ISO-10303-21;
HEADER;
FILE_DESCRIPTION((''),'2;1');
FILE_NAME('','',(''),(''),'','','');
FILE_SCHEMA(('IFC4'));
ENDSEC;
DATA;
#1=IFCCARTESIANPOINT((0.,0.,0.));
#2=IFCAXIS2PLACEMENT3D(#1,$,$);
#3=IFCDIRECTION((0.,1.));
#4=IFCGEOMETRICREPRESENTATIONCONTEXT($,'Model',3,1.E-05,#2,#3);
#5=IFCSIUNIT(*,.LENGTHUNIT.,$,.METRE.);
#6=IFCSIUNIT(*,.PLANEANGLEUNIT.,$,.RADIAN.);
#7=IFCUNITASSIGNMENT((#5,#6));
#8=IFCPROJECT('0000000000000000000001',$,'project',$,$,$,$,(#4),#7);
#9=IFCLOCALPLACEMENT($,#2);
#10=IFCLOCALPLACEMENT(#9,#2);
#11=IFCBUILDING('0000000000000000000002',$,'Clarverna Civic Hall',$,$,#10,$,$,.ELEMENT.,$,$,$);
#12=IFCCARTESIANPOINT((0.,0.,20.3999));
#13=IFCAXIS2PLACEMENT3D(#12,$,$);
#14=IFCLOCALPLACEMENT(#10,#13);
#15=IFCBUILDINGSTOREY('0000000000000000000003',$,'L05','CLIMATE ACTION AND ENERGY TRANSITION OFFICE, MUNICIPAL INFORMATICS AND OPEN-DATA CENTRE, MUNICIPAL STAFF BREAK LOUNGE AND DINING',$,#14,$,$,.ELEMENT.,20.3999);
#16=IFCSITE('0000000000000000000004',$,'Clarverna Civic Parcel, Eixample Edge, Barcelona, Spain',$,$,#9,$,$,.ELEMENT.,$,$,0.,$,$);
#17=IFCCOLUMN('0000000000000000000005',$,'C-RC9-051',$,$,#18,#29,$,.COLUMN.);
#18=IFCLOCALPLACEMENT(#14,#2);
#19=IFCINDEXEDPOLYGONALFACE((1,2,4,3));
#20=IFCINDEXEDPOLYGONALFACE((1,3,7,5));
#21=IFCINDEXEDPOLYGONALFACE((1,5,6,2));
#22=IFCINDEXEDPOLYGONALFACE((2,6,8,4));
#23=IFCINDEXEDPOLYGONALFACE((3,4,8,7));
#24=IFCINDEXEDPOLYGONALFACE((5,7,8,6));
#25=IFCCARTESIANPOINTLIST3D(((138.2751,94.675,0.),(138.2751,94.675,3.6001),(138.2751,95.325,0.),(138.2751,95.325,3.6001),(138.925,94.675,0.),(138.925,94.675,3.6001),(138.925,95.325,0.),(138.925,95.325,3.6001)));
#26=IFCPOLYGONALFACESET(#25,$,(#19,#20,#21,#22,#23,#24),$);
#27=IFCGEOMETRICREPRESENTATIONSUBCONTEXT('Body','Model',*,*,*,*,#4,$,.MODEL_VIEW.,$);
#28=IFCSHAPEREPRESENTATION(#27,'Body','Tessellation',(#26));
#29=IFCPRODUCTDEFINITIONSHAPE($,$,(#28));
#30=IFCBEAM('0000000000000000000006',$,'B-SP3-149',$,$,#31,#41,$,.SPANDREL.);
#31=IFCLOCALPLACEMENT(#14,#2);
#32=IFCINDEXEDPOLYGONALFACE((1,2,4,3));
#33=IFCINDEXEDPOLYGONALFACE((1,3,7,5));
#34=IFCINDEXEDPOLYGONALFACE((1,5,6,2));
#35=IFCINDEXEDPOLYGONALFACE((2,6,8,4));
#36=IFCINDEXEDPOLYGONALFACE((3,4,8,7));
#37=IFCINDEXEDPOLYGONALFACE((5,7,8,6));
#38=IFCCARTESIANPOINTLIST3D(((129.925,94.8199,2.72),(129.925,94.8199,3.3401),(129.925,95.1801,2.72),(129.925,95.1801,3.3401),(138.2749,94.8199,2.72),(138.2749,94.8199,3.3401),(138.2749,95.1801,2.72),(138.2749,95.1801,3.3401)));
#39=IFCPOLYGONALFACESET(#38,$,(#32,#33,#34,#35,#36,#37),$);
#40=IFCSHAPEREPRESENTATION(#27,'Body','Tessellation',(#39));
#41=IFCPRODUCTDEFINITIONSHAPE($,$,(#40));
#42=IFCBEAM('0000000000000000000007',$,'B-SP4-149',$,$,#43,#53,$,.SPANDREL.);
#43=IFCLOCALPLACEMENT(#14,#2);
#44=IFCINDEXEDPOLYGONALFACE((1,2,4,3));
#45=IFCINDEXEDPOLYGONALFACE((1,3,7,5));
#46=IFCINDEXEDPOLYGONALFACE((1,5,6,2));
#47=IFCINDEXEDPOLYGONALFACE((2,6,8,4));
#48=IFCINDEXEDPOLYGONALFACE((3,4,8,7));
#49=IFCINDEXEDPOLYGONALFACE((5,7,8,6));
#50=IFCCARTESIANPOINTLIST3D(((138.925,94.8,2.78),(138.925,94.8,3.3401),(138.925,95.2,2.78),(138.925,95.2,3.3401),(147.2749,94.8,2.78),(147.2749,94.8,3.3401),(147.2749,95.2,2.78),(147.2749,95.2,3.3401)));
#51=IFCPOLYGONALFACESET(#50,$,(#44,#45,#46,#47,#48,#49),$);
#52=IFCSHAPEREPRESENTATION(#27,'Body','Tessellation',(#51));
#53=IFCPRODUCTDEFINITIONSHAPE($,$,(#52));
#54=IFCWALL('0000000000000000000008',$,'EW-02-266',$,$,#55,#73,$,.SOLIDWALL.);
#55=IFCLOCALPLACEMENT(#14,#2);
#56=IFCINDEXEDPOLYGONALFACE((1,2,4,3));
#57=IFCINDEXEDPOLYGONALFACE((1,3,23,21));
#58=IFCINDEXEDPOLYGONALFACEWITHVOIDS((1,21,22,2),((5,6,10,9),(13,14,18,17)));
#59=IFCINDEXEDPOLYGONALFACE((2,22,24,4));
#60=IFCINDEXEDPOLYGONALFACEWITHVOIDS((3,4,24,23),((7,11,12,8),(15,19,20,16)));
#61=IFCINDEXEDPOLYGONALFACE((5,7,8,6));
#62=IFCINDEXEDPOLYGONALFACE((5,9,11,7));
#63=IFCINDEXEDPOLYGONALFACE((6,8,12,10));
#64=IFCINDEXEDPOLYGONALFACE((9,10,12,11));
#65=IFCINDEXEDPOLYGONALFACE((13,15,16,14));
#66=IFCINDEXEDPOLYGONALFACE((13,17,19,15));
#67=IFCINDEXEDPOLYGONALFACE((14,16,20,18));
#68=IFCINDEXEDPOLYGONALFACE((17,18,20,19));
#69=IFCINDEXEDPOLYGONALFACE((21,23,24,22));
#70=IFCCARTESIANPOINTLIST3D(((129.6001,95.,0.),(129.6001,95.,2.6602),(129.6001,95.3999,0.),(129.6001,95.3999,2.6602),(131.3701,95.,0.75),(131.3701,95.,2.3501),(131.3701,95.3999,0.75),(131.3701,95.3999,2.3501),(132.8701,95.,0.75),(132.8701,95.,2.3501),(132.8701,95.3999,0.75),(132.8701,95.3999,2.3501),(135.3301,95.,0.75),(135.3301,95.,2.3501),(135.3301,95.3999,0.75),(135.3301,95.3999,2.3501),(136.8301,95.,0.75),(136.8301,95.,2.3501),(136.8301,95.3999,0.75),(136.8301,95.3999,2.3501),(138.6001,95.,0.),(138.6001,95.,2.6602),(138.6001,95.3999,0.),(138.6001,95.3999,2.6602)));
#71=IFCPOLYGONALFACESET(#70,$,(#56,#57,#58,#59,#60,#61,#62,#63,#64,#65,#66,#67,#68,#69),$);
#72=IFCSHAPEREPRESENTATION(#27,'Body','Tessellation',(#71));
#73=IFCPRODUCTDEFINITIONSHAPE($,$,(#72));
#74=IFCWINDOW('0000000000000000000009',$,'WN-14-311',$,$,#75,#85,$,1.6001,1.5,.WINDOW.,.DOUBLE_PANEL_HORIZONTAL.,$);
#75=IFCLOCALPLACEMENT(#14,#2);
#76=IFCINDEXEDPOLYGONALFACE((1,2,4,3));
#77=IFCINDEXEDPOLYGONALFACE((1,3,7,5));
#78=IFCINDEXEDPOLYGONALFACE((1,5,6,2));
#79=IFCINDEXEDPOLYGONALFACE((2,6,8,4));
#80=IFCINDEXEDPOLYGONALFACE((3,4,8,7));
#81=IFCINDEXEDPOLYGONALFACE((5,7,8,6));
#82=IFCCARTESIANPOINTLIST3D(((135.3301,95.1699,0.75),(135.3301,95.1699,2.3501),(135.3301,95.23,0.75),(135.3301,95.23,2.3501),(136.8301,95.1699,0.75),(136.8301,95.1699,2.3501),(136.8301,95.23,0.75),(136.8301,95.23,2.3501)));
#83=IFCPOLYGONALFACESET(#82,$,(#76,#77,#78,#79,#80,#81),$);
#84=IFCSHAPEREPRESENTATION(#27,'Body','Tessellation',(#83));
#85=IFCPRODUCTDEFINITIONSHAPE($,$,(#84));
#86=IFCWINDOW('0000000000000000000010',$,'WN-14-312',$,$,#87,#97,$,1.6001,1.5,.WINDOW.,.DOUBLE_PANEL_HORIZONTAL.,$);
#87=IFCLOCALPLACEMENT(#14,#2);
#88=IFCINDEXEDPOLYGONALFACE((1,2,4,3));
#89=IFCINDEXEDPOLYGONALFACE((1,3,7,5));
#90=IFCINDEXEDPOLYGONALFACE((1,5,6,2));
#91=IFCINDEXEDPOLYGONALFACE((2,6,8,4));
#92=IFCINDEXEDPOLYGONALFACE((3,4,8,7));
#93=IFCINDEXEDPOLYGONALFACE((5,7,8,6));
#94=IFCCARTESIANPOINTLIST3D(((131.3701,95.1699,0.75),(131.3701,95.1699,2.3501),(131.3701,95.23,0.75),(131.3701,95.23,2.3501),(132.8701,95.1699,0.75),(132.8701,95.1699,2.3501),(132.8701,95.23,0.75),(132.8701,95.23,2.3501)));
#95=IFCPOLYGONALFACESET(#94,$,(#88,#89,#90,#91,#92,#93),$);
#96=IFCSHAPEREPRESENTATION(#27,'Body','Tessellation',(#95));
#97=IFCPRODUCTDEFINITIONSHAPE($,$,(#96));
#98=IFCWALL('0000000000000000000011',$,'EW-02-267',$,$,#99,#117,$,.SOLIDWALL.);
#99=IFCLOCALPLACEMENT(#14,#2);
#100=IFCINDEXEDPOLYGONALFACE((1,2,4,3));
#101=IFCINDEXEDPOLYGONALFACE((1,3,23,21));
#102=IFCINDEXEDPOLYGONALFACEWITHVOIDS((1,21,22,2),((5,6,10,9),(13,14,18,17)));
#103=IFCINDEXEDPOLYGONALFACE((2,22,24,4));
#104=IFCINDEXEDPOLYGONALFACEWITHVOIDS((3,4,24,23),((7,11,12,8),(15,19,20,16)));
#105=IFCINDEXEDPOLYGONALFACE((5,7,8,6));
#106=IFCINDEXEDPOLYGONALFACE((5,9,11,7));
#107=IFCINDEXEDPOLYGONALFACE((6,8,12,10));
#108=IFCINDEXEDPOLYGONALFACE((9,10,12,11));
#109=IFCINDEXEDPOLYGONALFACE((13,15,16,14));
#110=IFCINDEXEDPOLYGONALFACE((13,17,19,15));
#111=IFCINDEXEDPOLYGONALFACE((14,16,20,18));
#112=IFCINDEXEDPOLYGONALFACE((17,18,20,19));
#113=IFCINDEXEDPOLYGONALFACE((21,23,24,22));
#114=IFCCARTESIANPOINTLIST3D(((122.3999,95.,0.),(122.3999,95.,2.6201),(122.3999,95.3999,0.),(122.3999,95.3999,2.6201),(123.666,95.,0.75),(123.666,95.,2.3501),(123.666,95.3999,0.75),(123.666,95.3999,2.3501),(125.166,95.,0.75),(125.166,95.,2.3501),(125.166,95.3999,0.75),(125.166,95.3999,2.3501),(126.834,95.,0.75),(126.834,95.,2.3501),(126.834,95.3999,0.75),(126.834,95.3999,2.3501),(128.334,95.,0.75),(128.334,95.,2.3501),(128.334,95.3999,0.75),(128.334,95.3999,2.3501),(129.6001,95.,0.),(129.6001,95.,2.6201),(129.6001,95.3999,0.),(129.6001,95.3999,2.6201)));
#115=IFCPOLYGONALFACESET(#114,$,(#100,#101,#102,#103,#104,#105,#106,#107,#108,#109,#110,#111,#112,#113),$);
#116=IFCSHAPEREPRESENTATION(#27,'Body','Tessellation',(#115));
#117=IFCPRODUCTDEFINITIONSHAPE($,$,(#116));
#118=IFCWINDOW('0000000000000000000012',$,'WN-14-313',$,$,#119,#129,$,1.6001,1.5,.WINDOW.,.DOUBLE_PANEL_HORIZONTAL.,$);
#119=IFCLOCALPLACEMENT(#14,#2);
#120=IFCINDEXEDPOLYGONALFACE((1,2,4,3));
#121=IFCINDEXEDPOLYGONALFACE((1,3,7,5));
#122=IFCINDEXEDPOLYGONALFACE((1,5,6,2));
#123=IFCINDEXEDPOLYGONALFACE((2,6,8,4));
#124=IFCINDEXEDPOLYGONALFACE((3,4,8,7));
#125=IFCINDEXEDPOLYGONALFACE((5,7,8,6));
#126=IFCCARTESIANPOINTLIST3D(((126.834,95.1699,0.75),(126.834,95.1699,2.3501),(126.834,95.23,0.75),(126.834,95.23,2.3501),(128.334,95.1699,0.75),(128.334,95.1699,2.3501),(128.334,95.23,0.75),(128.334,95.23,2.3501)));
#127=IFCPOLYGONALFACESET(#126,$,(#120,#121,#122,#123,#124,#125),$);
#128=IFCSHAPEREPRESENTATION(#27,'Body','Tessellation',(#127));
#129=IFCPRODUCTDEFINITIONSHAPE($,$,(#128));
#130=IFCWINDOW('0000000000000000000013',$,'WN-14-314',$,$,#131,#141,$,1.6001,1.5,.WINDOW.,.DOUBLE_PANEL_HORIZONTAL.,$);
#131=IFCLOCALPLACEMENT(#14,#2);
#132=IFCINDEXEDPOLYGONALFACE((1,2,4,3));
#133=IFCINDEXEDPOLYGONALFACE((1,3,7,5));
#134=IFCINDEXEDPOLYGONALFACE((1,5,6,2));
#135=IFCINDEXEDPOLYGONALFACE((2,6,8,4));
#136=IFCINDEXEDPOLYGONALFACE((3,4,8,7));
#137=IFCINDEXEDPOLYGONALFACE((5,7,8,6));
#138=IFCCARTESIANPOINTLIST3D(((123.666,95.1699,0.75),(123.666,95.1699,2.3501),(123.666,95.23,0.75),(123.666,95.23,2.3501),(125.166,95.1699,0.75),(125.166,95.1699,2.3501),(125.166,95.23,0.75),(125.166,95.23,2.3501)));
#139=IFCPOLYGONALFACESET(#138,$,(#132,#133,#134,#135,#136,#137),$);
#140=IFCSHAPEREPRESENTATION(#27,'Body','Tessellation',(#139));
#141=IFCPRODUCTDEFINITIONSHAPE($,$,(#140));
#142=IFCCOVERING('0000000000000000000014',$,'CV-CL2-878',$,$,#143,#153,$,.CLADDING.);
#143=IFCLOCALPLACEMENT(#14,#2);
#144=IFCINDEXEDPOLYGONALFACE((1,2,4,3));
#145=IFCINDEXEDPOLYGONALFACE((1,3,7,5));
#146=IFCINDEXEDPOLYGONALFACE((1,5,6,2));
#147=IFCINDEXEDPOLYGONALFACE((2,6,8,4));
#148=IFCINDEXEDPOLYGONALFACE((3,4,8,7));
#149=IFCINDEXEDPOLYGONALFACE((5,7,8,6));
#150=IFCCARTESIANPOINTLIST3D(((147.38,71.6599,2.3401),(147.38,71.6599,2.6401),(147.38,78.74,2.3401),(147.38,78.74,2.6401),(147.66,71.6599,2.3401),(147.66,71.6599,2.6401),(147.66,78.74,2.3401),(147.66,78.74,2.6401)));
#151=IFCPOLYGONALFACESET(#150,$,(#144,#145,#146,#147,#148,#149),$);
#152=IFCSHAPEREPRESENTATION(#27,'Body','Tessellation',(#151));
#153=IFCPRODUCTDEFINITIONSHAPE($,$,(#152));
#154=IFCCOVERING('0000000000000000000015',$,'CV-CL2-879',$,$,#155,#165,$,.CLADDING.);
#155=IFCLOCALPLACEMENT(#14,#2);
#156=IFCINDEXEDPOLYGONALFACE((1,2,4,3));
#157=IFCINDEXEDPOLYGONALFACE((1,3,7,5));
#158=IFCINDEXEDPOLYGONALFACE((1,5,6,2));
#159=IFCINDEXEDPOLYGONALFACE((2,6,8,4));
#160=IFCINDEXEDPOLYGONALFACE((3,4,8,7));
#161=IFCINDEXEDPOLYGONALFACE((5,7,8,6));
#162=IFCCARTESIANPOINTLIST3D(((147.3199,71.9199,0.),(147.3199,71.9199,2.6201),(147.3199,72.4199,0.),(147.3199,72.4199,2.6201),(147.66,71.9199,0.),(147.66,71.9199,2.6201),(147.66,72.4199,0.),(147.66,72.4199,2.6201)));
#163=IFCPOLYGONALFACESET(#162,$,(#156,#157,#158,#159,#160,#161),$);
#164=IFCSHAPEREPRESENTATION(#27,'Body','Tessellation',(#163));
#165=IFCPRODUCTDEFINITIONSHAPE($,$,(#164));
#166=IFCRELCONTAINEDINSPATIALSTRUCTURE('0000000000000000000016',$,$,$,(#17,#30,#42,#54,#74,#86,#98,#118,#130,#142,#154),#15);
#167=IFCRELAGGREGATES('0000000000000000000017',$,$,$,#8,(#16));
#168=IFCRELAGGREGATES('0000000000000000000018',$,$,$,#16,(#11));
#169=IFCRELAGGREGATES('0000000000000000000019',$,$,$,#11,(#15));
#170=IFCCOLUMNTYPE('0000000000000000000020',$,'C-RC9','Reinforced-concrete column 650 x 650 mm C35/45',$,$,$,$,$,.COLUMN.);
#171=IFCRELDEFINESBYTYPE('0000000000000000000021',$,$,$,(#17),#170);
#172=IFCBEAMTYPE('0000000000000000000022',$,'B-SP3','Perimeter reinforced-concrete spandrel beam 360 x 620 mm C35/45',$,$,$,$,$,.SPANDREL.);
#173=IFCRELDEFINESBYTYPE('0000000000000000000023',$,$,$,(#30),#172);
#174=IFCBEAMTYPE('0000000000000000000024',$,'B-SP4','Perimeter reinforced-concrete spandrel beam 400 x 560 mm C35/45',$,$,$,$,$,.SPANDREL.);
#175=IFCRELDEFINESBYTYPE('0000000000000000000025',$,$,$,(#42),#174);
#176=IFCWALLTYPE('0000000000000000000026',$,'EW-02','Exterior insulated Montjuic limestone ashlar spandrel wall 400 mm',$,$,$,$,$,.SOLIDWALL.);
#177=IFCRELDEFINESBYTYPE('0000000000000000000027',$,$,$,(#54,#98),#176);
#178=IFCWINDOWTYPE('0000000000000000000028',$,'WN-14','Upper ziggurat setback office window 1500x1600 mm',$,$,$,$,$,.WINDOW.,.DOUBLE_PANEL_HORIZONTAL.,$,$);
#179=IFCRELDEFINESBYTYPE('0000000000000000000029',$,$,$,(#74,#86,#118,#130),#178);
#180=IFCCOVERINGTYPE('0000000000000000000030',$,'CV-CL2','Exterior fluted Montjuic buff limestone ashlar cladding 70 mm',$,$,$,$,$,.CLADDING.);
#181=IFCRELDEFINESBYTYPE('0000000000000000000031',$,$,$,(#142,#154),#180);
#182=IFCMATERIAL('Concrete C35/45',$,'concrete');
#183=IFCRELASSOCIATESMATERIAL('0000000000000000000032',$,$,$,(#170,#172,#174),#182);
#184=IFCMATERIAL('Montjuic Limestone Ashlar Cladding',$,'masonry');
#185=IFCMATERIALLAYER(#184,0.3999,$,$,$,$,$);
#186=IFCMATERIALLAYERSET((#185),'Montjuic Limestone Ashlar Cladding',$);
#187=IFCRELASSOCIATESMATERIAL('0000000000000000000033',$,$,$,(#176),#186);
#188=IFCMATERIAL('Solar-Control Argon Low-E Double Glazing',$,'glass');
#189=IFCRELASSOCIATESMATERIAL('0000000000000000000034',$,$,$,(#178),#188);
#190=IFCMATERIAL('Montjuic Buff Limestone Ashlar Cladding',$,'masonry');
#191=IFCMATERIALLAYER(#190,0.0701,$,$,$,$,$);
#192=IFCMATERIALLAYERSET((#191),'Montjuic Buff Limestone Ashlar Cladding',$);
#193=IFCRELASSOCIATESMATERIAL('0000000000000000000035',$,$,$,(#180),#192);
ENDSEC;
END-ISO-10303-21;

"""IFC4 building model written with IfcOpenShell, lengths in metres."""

from ifc_helpers import new_model, si_unit, direction, frame, frame_2d, origin, origin_2d, place, context, subcontext, project, spatial, rectangle, extrude, material, layer, layer_set, material_profile, profile_set, type_object, element, fill, save


model = new_model("IFC4")

# Units and contexts
model_context = context("Model", 3, precision=1e-05, world=origin(), true_north=direction((0.0, 1.0)))
body_context = subcontext(model_context, "Body", "Model", "MODEL_VIEW")
ifc_project = project(units=[si_unit("LENGTHUNIT", "METRE"), si_unit("PLANEANGLEUNIT", "RADIAN")], contexts=[model_context])

# Site, building, storey
site_placement = place(None, origin())
site = spatial("IfcSite", under=ifc_project, at=site_placement, Name="Clarverna Civic Parcel, Eixample Edge, Barcelona, Spain", CompositionType="ELEMENT", RefElevation=0.0)
building_placement = place(site_placement, origin())
building = spatial("IfcBuilding", under=site, at=building_placement, Name="Clarverna Civic Hall", CompositionType="ELEMENT")
storey_placement = place(building_placement, frame((0.0, 0.0, 20.3999)))
storey = spatial("IfcBuildingStorey", under=building, at=storey_placement, Name="L05", Description="CLIMATE ACTION AND ENERGY TRANSITION OFFICE, MUNICIPAL INFORMATICS AND OPEN-DATA CENTRE, MUNICIPAL STAFF BREAK LOUNGE AND DINING", CompositionType="ELEMENT", Elevation=20.3999)

# Column
ifc_material_1 = material(Name="Concrete C35/45", Category="concrete")
ifc_material_profile_1 = material_profile(ifc_material_1, rectangle(XDim=0.6499, YDim=0.6499, at=origin_2d()), Name="RC 650x650")
ifc_profile_set_1 = profile_set([ifc_material_profile_1], Name="Concrete C35/45")
column_type = type_object("IfcColumnType", Name="C-RC9", Description="Reinforced-concrete column 650 x 650 mm C35/45", PredefinedType="COLUMN", material=ifc_profile_set_1)
column_placement = place(storey_placement, frame((138.6001, 95.0, 0.0), z_axis=(0.0, 0.0, 1.0), x_axis=(1.0, 0.0, 0.0)))
element("IfcColumn", 1, at=column_placement, inside=storey, type_object=column_type, Name="C-RC9-051", PredefinedType="COLUMN", context=body_context, shape_type="SweptSolid", body=[
    extrude(rectangle(XDim=0.6499, YDim=0.6499, at=origin_2d()), origin(), (0.0, 0.0, 1.0), 3.6001),
])

# Beams
ifc_material_profile_2 = material_profile(ifc_material_1, rectangle(XDim=0.3601, YDim=0.6201, at=origin_2d()), Name="RC 360x620")
ifc_profile_set_2 = profile_set([ifc_material_profile_2], Name="Concrete C35/45")
beam_type_1 = type_object("IfcBeamType", Name="B-SP3", Description="Perimeter reinforced-concrete spandrel beam 360 x 620 mm C35/45", PredefinedType="SPANDREL", material=ifc_profile_set_2)
beam_1_placement = place(storey_placement, frame((129.925, 95.0, 3.03), z_axis=(1.0, 0.0, 0.0), x_axis=(0.0, 1.0, 0.0)))
element("IfcBeam", 2, at=beam_1_placement, inside=storey, type_object=beam_type_1, Name="B-SP3-149", PredefinedType="SPANDREL", context=body_context, shape_type="SweptSolid", body=[
    extrude(rectangle(XDim=0.3601, YDim=0.6201, at=origin_2d()), origin(), (0.0, 0.0, 1.0), 8.3499),
])
ifc_material_profile_3 = material_profile(ifc_material_1, rectangle(XDim=0.3999, YDim=0.5601, at=origin_2d()), Name="RC 400x560")
ifc_profile_set_3 = profile_set([ifc_material_profile_3], Name="Concrete C35/45")
beam_type_2 = type_object("IfcBeamType", Name="B-SP4", Description="Perimeter reinforced-concrete spandrel beam 400 x 560 mm C35/45", PredefinedType="SPANDREL", material=ifc_profile_set_3)
beam_2_placement = place(storey_placement, frame((138.925, 95.0, 3.0601), z_axis=(1.0, 0.0, 0.0), x_axis=(0.0, 1.0, 0.0)))
element("IfcBeam", 3, at=beam_2_placement, inside=storey, type_object=beam_type_2, Name="B-SP4-149", PredefinedType="SPANDREL", context=body_context, shape_type="SweptSolid", body=[
    extrude(rectangle(XDim=0.3999, YDim=0.5601, at=origin_2d()), origin(), (0.0, 0.0, 1.0), 8.3499),
])

# Walls, openings, windows
ifc_material_2 = material(Name="Montjuic Limestone Ashlar Cladding", Category="masonry")
ifc_layer_1 = layer(ifc_material_2, 0.3999)
ifc_layer_set_1 = layer_set([ifc_layer_1], Name="Montjuic Limestone Ashlar Cladding")
wall_type = type_object("IfcWallType", Name="EW-02", Description="Exterior insulated Montjuic limestone ashlar spandrel wall 400 mm", PredefinedType="SOLIDWALL", material=ifc_layer_set_1)
wall_1_placement = place(storey_placement, frame((138.6001, 95.2, 0.0), z_axis=(0.0, 0.0, 1.0), x_axis=(-1.0, 0.0, 0.0)))
wall_1 = element("IfcWall", 4, at=wall_1_placement, inside=storey, type_object=wall_type, Name="EW-02-266", PredefinedType="SOLIDWALL", context=body_context, shape_type="SweptSolid", body=[
    extrude(rectangle(XDim=9.0, YDim=0.3999, at=frame_2d((4.5, 0.0))), origin(), (0.0, 0.0, 1.0), 2.6602),
])
opening_1_placement = place(wall_1_placement, frame((1.77, 0.0, 0.75)))
opening_1 = element("IfcOpeningElement", 5, at=opening_1_placement, cuts=wall_1, PredefinedType="OPENING", context=body_context, shape_type="SweptSolid", body=[
    extrude(rectangle(XDim=1.5, YDim=1.6001, at=frame_2d((0.75, 0.8))), frame((0.0, 0.21, 0.0), z_axis=(0.0, -1.0, 0.0), x_axis=(1.0, 0.0, 0.0)), (0.0, 0.0, 1.0), 0.4199),
])
opening_2_placement = place(wall_1_placement, frame((5.73, 0.0, 0.75)))
opening_2 = element("IfcOpeningElement", 6, at=opening_2_placement, cuts=wall_1, PredefinedType="OPENING", context=body_context, shape_type="SweptSolid", body=[
    extrude(rectangle(XDim=1.5, YDim=1.6001, at=frame_2d((0.75, 0.8))), frame((0.0, 0.21, 0.0), z_axis=(0.0, -1.0, 0.0), x_axis=(1.0, 0.0, 0.0)), (0.0, 0.0, 1.0), 0.4199),
])
ifc_material_3 = material(Name="Solar-Control Argon Low-E Double Glazing", Category="glass")
window_type = type_object("IfcWindowType", Name="WN-14", Description="Upper ziggurat setback office window 1500x1600 mm", PartitioningType="DOUBLE_PANEL_HORIZONTAL", PredefinedType="WINDOW", material=ifc_material_3)
window_1_placement = place(opening_1_placement, origin())
window_1 = element("IfcWindow", 7, at=window_1_placement, inside=storey, type_object=window_type, Name="WN-14-311", OverallHeight=1.6001, OverallWidth=1.5, PartitioningType="DOUBLE_PANEL_HORIZONTAL", PredefinedType="WINDOW", context=body_context, shape_type="SweptSolid", body=[
    extrude(rectangle(XDim=1.5, YDim=1.6001, at=frame_2d((0.75, 0.8))), frame((0.0, 0.03, 0.0), z_axis=(0.0, -1.0, 0.0), x_axis=(1.0, 0.0, 0.0)), (0.0, 0.0, 1.0), 0.0601),
])
fill(opening_1, window_1)
window_2_placement = place(opening_2_placement, origin())
window_2 = element("IfcWindow", 8, at=window_2_placement, inside=storey, type_object=window_type, Name="WN-14-312", OverallHeight=1.6001, OverallWidth=1.5, PartitioningType="DOUBLE_PANEL_HORIZONTAL", PredefinedType="WINDOW", context=body_context, shape_type="SweptSolid", body=[
    extrude(rectangle(XDim=1.5, YDim=1.6001, at=frame_2d((0.75, 0.8))), frame((0.0, 0.03, 0.0), z_axis=(0.0, -1.0, 0.0), x_axis=(1.0, 0.0, 0.0)), (0.0, 0.0, 1.0), 0.0601),
])
fill(opening_2, window_2)
wall_2_placement = place(storey_placement, frame((129.6001, 95.2, 0.0), z_axis=(0.0, 0.0, 1.0), x_axis=(-1.0, 0.0, 0.0)))
wall_2 = element("IfcWall", 9, at=wall_2_placement, inside=storey, type_object=wall_type, Name="EW-02-267", PredefinedType="SOLIDWALL", context=body_context, shape_type="SweptSolid", body=[
    extrude(rectangle(XDim=7.2002, YDim=0.3999, at=frame_2d((3.6001, 0.0))), origin(), (0.0, 0.0, 1.0), 2.6201),
])
opening_3_placement = place(wall_2_placement, frame((1.2661, 0.0, 0.75)))
opening_3 = element("IfcOpeningElement", 10, at=opening_3_placement, cuts=wall_2, PredefinedType="OPENING", context=body_context, shape_type="SweptSolid", body=[
    extrude(rectangle(XDim=1.5, YDim=1.6001, at=frame_2d((0.75, 0.8))), frame((0.0, 0.21, 0.0), z_axis=(0.0, -1.0, 0.0), x_axis=(1.0, 0.0, 0.0)), (0.0, 0.0, 1.0), 0.4199),
])
opening_4_placement = place(wall_2_placement, frame((4.4341, 0.0, 0.75)))
opening_4 = element("IfcOpeningElement", 11, at=opening_4_placement, cuts=wall_2, PredefinedType="OPENING", context=body_context, shape_type="SweptSolid", body=[
    extrude(rectangle(XDim=1.5, YDim=1.6001, at=frame_2d((0.75, 0.8))), frame((0.0, 0.21, 0.0), z_axis=(0.0, -1.0, 0.0), x_axis=(1.0, 0.0, 0.0)), (0.0, 0.0, 1.0), 0.4199),
])
window_3_placement = place(opening_3_placement, origin())
window_3 = element("IfcWindow", 12, at=window_3_placement, inside=storey, type_object=window_type, Name="WN-14-313", OverallHeight=1.6001, OverallWidth=1.5, PartitioningType="DOUBLE_PANEL_HORIZONTAL", PredefinedType="WINDOW", context=body_context, shape_type="SweptSolid", body=[
    extrude(rectangle(XDim=1.5, YDim=1.6001, at=frame_2d((0.75, 0.8))), frame((0.0, 0.03, 0.0), z_axis=(0.0, -1.0, 0.0), x_axis=(1.0, 0.0, 0.0)), (0.0, 0.0, 1.0), 0.0601),
])
fill(opening_3, window_3)
window_4_placement = place(opening_4_placement, origin())
window_4 = element("IfcWindow", 13, at=window_4_placement, inside=storey, type_object=window_type, Name="WN-14-314", OverallHeight=1.6001, OverallWidth=1.5, PartitioningType="DOUBLE_PANEL_HORIZONTAL", PredefinedType="WINDOW", context=body_context, shape_type="SweptSolid", body=[
    extrude(rectangle(XDim=1.5, YDim=1.6001, at=frame_2d((0.75, 0.8))), frame((0.0, 0.03, 0.0), z_axis=(0.0, -1.0, 0.0), x_axis=(1.0, 0.0, 0.0)), (0.0, 0.0, 1.0), 0.0601),
])
fill(opening_4, window_4)

# Coverings
ifc_material_4 = material(Name="Montjuic Buff Limestone Ashlar Cladding", Category="masonry")
ifc_layer_2 = layer(ifc_material_4, 0.0701)
ifc_layer_set_2 = layer_set([ifc_layer_2], Name="Montjuic Buff Limestone Ashlar Cladding")
covering_type = type_object("IfcCoveringType", Name="CV-CL2", Description="Exterior fluted Montjuic buff limestone ashlar cladding 70 mm", PredefinedType="CLADDING", material=ifc_layer_set_2)
covering_1_placement = place(storey_placement, frame((147.52, 71.6599, 2.3401), z_axis=(0.0, 0.0, 1.0), x_axis=(0.0, 1.0, 0.0)))
element("IfcCovering", 14, at=covering_1_placement, inside=storey, type_object=covering_type, Name="CV-CL2-878", PredefinedType="CLADDING", context=body_context, shape_type="SweptSolid", body=[
    extrude(rectangle(XDim=7.0801, YDim=0.28, at=frame_2d((3.54, 0.0))), origin(), (0.0, 0.0, 1.0), 0.3),
])
for number, where, z_axis, x_axis, name in (
    (15, (147.49, 71.9199, 0.0), (0.0, 0.0, 1.0), (0.0, 1.0, 0.0), "CV-CL2-879"),
):
    element("IfcCovering", number, at=place(storey_placement, frame(where, z_axis=z_axis, x_axis=x_axis)), inside=storey, type_object=covering_type, Name=name, PredefinedType="CLADDING", context=body_context, shape_type="SweptSolid", body=[
        extrude(rectangle(XDim=0.5, YDim=0.3401, at=frame_2d((0.25, 0.0))), origin(), (0.0, 0.0, 1.0), 2.6201),
    ])

save(model, "model.ifc")
